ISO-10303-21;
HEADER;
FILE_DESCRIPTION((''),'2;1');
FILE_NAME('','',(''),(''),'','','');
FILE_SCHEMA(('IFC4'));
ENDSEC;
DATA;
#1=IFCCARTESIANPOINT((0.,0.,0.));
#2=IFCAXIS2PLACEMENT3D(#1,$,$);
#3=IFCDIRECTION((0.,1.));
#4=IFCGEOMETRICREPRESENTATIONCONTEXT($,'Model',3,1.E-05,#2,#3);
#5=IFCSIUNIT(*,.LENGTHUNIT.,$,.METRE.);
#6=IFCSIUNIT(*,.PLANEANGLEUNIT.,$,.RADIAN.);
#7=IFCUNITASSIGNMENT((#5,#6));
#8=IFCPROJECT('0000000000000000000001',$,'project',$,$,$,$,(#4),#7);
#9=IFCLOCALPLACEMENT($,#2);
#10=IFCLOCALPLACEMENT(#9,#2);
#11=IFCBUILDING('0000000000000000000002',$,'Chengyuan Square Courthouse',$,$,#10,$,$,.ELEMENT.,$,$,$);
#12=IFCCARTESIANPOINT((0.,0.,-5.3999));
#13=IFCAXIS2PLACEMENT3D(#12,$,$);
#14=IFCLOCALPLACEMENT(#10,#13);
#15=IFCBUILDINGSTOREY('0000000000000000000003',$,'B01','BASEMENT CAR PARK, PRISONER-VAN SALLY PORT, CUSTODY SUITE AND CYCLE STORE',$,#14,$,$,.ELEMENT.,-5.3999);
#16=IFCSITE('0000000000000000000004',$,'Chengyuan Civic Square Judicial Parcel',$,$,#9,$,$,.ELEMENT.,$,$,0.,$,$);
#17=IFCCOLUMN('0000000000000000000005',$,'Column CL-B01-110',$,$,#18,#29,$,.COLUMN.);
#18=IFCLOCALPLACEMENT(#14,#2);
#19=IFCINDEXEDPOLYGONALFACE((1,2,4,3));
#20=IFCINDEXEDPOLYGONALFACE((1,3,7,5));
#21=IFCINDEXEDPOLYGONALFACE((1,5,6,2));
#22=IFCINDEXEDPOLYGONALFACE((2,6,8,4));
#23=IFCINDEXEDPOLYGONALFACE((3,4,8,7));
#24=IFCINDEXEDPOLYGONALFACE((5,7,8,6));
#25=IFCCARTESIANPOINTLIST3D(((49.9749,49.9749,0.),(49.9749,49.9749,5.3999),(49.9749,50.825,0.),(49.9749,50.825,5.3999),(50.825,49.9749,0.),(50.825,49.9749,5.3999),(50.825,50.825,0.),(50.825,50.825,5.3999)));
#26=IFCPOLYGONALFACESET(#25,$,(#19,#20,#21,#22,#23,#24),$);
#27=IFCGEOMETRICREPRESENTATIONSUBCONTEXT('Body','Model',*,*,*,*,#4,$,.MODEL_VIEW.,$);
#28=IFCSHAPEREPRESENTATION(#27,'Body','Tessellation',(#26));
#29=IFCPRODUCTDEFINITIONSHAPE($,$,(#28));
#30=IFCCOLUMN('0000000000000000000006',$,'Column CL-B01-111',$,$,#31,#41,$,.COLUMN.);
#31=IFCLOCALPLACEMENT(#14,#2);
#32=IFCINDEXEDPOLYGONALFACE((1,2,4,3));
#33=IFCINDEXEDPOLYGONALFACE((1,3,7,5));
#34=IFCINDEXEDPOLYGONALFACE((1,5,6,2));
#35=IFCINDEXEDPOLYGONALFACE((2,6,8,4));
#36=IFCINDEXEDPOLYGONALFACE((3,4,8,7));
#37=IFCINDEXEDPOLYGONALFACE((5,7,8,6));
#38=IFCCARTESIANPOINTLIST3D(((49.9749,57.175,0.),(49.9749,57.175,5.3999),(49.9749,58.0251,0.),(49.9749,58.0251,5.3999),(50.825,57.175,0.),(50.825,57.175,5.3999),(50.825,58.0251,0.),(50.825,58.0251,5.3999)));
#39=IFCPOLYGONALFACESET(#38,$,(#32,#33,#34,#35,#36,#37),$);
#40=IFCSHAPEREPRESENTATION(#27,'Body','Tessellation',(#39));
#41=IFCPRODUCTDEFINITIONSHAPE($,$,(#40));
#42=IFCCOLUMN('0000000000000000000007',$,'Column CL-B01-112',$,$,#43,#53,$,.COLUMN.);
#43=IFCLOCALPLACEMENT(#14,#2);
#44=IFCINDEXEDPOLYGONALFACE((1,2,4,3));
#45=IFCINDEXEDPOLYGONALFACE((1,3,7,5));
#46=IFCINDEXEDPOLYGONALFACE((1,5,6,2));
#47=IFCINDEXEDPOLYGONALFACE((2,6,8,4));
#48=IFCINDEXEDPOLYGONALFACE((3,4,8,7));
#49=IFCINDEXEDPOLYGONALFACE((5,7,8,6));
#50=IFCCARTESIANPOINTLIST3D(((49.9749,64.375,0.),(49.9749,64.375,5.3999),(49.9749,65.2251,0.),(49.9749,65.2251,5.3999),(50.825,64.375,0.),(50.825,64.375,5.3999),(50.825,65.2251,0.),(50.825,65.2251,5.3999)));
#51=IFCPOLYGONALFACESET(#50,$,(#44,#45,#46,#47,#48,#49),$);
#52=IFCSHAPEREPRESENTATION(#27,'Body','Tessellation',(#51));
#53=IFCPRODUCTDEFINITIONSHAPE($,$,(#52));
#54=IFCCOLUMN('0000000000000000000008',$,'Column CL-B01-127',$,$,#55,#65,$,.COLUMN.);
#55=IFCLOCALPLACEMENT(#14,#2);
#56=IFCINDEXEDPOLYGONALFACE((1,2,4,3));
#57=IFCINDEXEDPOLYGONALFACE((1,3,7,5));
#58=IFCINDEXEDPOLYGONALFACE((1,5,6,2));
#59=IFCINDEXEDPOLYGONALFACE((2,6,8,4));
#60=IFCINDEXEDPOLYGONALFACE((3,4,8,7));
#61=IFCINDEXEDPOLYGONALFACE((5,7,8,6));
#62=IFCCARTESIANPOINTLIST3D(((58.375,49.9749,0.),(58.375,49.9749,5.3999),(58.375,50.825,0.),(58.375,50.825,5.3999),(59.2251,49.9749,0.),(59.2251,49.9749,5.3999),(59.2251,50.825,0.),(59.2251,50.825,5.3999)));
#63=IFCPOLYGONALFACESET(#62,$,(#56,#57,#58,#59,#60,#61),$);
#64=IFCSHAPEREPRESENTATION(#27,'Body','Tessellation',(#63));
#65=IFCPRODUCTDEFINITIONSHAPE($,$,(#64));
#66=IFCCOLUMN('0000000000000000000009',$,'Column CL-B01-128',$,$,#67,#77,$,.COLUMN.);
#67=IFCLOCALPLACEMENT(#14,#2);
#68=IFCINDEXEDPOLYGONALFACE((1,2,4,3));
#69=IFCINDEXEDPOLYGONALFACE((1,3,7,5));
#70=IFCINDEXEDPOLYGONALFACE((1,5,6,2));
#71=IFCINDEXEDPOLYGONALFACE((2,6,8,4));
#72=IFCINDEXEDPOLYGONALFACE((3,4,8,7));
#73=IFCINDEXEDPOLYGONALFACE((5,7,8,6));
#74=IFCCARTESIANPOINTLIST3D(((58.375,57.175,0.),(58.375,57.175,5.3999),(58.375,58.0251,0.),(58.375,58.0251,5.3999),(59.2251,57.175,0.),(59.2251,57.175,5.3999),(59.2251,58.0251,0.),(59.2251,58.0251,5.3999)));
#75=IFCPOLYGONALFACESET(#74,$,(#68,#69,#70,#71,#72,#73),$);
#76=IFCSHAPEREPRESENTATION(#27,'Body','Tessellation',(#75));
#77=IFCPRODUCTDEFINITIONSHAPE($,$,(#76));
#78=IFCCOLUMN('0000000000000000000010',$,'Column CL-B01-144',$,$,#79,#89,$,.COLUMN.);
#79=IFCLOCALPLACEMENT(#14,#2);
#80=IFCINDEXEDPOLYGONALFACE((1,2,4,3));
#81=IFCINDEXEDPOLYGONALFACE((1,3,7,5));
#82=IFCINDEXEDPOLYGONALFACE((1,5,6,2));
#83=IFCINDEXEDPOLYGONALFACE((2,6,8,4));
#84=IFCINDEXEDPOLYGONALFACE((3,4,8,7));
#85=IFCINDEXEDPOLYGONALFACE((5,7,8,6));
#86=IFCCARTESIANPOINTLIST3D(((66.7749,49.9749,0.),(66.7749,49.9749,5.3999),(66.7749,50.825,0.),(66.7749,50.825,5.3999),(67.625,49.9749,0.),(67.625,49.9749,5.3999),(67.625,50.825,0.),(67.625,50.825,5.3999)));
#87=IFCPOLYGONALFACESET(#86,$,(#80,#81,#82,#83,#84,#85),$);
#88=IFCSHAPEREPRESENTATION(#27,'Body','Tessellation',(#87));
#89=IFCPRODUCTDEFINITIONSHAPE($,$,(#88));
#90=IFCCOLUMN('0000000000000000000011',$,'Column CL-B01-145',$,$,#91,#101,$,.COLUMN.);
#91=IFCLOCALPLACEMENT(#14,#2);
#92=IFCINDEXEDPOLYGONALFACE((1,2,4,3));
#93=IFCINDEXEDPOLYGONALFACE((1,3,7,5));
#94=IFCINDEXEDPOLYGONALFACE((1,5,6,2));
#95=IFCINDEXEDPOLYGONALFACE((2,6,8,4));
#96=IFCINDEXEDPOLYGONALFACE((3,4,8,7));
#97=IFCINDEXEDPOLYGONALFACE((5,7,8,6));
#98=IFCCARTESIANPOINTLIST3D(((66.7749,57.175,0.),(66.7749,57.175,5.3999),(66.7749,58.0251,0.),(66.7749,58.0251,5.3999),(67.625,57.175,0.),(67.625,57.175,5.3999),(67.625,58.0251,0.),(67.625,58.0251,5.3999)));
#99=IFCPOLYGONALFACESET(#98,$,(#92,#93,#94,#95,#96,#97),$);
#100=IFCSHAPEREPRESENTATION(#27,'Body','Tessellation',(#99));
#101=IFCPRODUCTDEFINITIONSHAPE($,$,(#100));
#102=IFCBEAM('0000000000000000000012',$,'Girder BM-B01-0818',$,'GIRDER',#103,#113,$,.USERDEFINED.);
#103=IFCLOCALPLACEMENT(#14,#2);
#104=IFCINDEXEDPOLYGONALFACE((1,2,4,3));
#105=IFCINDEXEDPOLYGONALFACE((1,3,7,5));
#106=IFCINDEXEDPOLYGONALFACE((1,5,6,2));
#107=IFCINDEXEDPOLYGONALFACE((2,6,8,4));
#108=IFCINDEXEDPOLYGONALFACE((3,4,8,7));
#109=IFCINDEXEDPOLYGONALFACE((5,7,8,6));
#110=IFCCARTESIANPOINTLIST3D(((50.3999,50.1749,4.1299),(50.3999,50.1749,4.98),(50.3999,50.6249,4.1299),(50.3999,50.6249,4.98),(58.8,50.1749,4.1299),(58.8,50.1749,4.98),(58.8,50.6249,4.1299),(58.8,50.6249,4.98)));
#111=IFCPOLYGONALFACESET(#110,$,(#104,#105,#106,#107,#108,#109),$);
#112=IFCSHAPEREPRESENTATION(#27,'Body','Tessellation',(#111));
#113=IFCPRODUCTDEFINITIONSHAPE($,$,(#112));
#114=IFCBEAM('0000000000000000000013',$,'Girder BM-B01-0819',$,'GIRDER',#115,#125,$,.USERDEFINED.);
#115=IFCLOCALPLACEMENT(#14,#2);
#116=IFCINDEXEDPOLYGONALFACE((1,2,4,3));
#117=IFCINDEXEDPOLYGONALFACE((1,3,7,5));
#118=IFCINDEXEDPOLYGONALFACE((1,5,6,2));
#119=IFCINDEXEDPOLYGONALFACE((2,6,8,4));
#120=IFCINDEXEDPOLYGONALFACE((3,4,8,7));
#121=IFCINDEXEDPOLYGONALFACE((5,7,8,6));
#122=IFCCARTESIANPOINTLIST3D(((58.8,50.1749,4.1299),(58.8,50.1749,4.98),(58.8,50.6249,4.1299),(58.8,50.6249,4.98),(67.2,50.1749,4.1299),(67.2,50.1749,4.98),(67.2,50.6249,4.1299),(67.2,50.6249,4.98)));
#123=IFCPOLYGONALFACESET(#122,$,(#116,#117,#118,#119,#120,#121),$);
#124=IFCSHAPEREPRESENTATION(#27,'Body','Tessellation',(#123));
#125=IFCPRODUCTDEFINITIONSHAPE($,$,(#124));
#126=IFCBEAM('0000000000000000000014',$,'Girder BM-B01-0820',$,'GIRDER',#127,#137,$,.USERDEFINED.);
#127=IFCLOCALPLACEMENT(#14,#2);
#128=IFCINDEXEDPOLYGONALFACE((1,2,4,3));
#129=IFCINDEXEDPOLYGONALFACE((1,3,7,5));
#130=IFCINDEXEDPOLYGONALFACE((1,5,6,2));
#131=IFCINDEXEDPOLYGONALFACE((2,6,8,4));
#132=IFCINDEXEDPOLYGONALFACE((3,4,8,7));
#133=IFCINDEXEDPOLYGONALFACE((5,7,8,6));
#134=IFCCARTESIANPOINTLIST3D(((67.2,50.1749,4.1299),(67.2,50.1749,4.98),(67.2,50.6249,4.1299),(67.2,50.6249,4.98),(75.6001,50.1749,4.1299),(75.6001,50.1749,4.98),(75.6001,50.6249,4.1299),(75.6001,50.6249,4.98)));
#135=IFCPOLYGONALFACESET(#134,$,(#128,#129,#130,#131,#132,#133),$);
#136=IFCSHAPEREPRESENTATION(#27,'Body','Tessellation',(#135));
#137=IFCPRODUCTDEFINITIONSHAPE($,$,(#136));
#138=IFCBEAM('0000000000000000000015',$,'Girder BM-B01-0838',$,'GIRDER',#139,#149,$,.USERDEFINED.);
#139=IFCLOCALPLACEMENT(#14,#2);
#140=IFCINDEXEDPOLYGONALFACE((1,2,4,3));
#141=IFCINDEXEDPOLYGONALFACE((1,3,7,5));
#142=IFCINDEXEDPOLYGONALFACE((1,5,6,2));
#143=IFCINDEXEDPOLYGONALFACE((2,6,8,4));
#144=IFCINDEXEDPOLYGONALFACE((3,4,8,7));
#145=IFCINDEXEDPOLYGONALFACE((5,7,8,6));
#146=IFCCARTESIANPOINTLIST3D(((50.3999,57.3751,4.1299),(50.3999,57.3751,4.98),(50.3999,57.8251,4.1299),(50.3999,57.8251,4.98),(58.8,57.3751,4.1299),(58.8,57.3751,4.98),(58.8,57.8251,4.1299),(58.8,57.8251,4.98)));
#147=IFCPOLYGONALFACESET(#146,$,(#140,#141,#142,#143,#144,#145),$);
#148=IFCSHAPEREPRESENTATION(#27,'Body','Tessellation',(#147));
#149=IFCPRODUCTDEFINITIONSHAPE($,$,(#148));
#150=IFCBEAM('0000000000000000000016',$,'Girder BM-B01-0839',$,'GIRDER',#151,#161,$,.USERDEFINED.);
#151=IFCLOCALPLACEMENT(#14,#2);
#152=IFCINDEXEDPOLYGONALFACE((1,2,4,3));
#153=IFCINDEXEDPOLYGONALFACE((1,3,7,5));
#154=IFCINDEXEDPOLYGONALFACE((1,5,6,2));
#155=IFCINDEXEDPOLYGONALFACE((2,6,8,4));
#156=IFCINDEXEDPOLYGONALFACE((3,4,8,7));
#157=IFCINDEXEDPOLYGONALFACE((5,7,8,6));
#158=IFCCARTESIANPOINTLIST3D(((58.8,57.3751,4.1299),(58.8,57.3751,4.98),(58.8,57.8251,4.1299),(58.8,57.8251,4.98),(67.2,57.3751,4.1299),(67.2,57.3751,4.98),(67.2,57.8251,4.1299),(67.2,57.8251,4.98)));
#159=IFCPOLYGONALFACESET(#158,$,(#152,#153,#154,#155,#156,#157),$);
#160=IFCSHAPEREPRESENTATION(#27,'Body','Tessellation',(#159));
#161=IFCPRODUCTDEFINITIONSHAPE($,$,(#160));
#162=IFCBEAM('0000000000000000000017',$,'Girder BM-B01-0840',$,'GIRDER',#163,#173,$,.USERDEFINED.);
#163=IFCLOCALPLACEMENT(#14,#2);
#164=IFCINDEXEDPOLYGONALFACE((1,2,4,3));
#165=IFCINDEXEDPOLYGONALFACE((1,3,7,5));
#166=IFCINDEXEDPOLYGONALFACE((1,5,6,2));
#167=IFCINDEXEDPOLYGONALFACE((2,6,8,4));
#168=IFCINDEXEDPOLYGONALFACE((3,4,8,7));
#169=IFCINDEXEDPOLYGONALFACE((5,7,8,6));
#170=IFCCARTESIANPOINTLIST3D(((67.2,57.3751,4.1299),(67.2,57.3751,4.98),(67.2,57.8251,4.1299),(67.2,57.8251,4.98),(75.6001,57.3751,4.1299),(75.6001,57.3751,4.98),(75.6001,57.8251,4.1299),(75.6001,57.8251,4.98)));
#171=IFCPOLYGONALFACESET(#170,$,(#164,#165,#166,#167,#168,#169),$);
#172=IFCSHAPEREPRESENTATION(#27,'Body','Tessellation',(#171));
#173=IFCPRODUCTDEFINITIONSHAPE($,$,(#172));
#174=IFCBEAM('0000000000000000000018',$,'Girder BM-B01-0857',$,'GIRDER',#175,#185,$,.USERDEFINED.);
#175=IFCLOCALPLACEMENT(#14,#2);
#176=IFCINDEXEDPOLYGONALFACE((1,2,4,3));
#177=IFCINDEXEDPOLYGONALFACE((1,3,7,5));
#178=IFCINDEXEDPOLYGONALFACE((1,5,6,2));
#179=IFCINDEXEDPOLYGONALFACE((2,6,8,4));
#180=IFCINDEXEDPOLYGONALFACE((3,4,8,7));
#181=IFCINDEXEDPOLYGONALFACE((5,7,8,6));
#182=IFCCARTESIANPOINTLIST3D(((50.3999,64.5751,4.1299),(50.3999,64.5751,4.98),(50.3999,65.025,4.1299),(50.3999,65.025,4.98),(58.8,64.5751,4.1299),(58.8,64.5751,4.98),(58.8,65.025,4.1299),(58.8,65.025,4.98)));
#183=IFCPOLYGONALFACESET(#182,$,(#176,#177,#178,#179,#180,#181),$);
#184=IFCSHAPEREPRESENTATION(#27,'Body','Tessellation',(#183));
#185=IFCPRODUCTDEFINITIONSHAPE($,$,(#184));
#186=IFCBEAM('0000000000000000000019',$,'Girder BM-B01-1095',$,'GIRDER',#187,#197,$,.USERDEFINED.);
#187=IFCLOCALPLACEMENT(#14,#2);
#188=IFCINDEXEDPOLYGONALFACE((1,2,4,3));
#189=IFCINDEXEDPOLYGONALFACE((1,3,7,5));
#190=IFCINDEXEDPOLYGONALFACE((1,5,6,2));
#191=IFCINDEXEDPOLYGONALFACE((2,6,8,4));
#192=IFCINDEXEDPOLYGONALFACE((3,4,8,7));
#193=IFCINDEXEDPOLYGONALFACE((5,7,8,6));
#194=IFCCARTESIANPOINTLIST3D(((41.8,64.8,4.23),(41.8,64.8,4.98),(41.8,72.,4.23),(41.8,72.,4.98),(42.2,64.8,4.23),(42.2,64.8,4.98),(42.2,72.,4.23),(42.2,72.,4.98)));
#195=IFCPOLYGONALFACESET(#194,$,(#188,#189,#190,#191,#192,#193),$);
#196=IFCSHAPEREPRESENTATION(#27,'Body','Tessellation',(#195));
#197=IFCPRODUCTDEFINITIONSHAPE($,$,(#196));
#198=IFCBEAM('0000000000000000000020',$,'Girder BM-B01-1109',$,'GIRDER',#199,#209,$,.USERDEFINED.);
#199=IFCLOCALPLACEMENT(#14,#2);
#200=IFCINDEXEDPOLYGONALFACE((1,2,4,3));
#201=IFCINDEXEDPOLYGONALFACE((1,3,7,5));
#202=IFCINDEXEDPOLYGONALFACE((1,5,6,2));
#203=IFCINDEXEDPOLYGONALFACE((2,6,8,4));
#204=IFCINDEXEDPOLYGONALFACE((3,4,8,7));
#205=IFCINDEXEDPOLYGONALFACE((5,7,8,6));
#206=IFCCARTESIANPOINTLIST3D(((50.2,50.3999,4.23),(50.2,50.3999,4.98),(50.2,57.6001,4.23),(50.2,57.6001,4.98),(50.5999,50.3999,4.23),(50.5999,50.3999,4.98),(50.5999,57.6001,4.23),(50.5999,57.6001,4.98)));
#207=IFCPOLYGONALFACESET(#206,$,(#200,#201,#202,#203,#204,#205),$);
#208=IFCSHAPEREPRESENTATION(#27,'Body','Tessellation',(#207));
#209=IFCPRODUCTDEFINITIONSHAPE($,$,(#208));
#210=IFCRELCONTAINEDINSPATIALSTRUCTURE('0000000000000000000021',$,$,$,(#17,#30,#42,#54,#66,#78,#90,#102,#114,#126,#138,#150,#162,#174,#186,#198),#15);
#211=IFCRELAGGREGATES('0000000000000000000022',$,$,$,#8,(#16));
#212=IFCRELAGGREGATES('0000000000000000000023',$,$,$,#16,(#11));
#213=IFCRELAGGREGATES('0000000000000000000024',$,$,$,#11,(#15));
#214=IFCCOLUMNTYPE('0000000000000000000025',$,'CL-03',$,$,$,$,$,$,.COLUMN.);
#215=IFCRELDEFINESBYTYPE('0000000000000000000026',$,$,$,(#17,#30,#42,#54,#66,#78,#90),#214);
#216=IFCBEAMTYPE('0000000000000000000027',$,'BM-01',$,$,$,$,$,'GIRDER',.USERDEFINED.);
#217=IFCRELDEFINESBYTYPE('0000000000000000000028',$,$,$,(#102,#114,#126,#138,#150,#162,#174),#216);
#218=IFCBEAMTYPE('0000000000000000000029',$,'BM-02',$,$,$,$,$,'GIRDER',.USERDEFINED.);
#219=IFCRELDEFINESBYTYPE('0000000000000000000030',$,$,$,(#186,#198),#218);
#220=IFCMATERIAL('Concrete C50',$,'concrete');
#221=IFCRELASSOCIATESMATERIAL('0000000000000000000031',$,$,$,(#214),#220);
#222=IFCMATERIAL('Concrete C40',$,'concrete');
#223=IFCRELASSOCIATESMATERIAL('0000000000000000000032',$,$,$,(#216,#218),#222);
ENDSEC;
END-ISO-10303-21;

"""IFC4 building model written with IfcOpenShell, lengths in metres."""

from ifc_helpers import new_model, si_unit, direction, frame, origin, origin_2d, place, context, subcontext, project, spatial, rectangle, extrude, material, material_profile, profile_set, type_object, element, save


model = new_model("IFC4")

# Units and contexts
model_context = context("Model", 3, precision=1e-05, world=origin(), true_north=direction((0.0, 1.0)))
body_context = subcontext(model_context, "Body", "Model", "MODEL_VIEW")
ifc_project = project(units=[si_unit("LENGTHUNIT", "METRE"), si_unit("PLANEANGLEUNIT", "RADIAN")], contexts=[model_context])

# Site, building, storey
site_placement = place(None, origin())
site = spatial("IfcSite", under=ifc_project, at=site_placement, Name="Chengyuan Civic Square Judicial Parcel", CompositionType="ELEMENT", RefElevation=0.0)
building_placement = place(site_placement, origin())
building = spatial("IfcBuilding", under=site, at=building_placement, Name="Chengyuan Square Courthouse", CompositionType="ELEMENT")
storey_placement = place(building_placement, frame((0.0, 0.0, -5.3999)))
storey = spatial("IfcBuildingStorey", under=building, at=storey_placement, Name="B01", Description="BASEMENT CAR PARK, PRISONER-VAN SALLY PORT, CUSTODY SUITE AND CYCLE STORE", CompositionType="ELEMENT", Elevation=-5.3999)

# Columns
ifc_material_1 = material(Name="Concrete C50", Category="concrete")
ifc_material_profile_1 = material_profile(ifc_material_1, rectangle(XDim=0.8501, YDim=0.8501, at=origin_2d()), Name="RC-COL-850x850")
ifc_profile_set_1 = profile_set([ifc_material_profile_1], Name="Concrete C50")
column_type = type_object("IfcColumnType", Name="CL-03", PredefinedType="COLUMN", material=ifc_profile_set_1)
for number, where, z_axis, x_axis, name in (
    (1, (50.3999, 50.3999, 0.0), (0.0, 0.0, 1.0), (1.0, 0.0, 0.0), "Column CL-B01-110"),
    (2, (50.3999, 57.6001, 0.0), (0.0, 0.0, 1.0), (1.0, 0.0, 0.0), "Column CL-B01-111"),
    (3, (50.3999, 64.8, 0.0), (0.0, 0.0, 1.0), (1.0, 0.0, 0.0), "Column CL-B01-112"),
    (4, (58.8, 50.3999, 0.0), (0.0, 0.0, 1.0), (1.0, 0.0, 0.0), "Column CL-B01-127"),
    (5, (58.8, 57.6001, 0.0), (0.0, 0.0, 1.0), (1.0, 0.0, 0.0), "Column CL-B01-128"),
    (6, (67.2, 50.3999, 0.0), (0.0, 0.0, 1.0), (1.0, 0.0, 0.0), "Column CL-B01-144"),
    (7, (67.2, 57.6001, 0.0), (0.0, 0.0, 1.0), (1.0, 0.0, 0.0), "Column CL-B01-145"),
):
    element("IfcColumn", number, at=place(storey_placement, frame(where, z_axis=z_axis, x_axis=x_axis)), inside=storey, type_object=column_type, Name=name, PredefinedType="COLUMN", context=body_context, shape_type="SweptSolid", body=[
        extrude(rectangle(XDim=0.8501, YDim=0.8501, at=origin_2d()), origin(), (0.0, 0.0, 1.0), 5.3999),
    ])

# Beams
ifc_material_2 = material(Name="Concrete C40", Category="concrete")
ifc_material_profile_2 = material_profile(ifc_material_2, rectangle(XDim=0.45, YDim=0.8501, at=origin_2d()), Name="RC-BM-450x850")
ifc_profile_set_2 = profile_set([ifc_material_profile_2], Name="Concrete C40")
beam_type_1 = type_object("IfcBeamType", Name="BM-01", ElementType="GIRDER", PredefinedType="USERDEFINED", material=ifc_profile_set_2)
beam_1_placement = place(storey_placement, frame((50.3999, 50.3999, 4.5549), z_axis=(1.0, 0.0, 0.0), x_axis=(0.0, 1.0, 0.0)))
element("IfcBeam", 8, at=beam_1_placement, inside=storey, type_object=beam_type_1, Name="Girder BM-B01-0818", ObjectType="GIRDER", PredefinedType="USERDEFINED", context=body_context, shape_type="SweptSolid", body=[
    extrude(rectangle(XDim=0.45, YDim=0.8501, at=origin_2d()), origin(), (0.0, 0.0, 1.0), 8.4001),
])
beam_2_placement = place(storey_placement, frame((58.8, 50.3999, 4.5549), z_axis=(1.0, 0.0, 0.0), x_axis=(0.0, 1.0, 0.0)))
element("IfcBeam", 9, at=beam_2_placement, inside=storey, type_object=beam_type_1, Name="Girder BM-B01-0819", ObjectType="GIRDER", PredefinedType="USERDEFINED", context=body_context, shape_type="SweptSolid", body=[
    extrude(rectangle(XDim=0.45, YDim=0.8501, at=origin_2d()), origin(), (0.0, 0.0, 1.0), 8.3999),
])
for number, where, z_axis, x_axis, name in (
    (10, (67.2, 50.3999, 4.5549), (1.0, 0.0, 0.0), (0.0, 1.0, 0.0), "Girder BM-B01-0820"),
    (11, (50.3999, 57.6001, 4.5549), (1.0, 0.0, 0.0), (0.0, 1.0, 0.0), "Girder BM-B01-0838"),
):
    element("IfcBeam", number, at=place(storey_placement, frame(where, z_axis=z_axis, x_axis=x_axis)), inside=storey, type_object=beam_type_1, Name=name, ObjectType="GIRDER", PredefinedType="USERDEFINED", context=body_context, shape_type="SweptSolid", body=[
        extrude(rectangle(XDim=0.45, YDim=0.8501, at=origin_2d()), origin(), (0.0, 0.0, 1.0), 8.4001),
    ])
beam_3_placement = place(storey_placement, frame((58.8, 57.6001, 4.5549), z_axis=(1.0, 0.0, 0.0), x_axis=(0.0, 1.0, 0.0)))
element("IfcBeam", 12, at=beam_3_placement, inside=storey, type_object=beam_type_1, Name="Girder BM-B01-0839", ObjectType="GIRDER", PredefinedType="USERDEFINED", context=body_context, shape_type="SweptSolid", body=[
    extrude(rectangle(XDim=0.45, YDim=0.8501, at=origin_2d()), origin(), (0.0, 0.0, 1.0), 8.3999),
])
for number, where, z_axis, x_axis, name in (
    (13, (67.2, 57.6001, 4.5549), (1.0, 0.0, 0.0), (0.0, 1.0, 0.0), "Girder BM-B01-0840"),
    (14, (50.3999, 64.8, 4.5549), (1.0, 0.0, 0.0), (0.0, 1.0, 0.0), "Girder BM-B01-0857"),
):
    element("IfcBeam", number, at=place(storey_placement, frame(where, z_axis=z_axis, x_axis=x_axis)), inside=storey, type_object=beam_type_1, Name=name, ObjectType="GIRDER", PredefinedType="USERDEFINED", context=body_context, shape_type="SweptSolid", body=[
        extrude(rectangle(XDim=0.45, YDim=0.8501, at=origin_2d()), origin(), (0.0, 0.0, 1.0), 8.4001),
    ])
ifc_material_profile_3 = material_profile(ifc_material_2, rectangle(XDim=0.3999, YDim=0.75, at=origin_2d()), Name="RC-BM-400x750")
ifc_profile_set_3 = profile_set([ifc_material_profile_3], Name="Concrete C40")
beam_type_2 = type_object("IfcBeamType", Name="BM-02", ElementType="GIRDER", PredefinedType="USERDEFINED", material=ifc_profile_set_3)
beam_4_placement = place(storey_placement, frame((42.0, 64.8, 4.605), z_axis=(0.0, 1.0, 0.0), x_axis=(-1.0, 0.0, 0.0)))
element("IfcBeam", 15, at=beam_4_placement, inside=storey, type_object=beam_type_2, Name="Girder BM-B01-1095", ObjectType="GIRDER", PredefinedType="USERDEFINED", context=body_context, shape_type="SweptSolid", body=[
    extrude(rectangle(XDim=0.3999, YDim=0.75, at=origin_2d()), origin(), (0.0, 0.0, 1.0), 7.2),
])
beam_5_placement = place(storey_placement, frame((50.3999, 50.3999, 4.605), z_axis=(0.0, 1.0, 0.0), x_axis=(-1.0, 0.0, 0.0)))
element("IfcBeam", 16, at=beam_5_placement, inside=storey, type_object=beam_type_2, Name="Girder BM-B01-1109", ObjectType="GIRDER", PredefinedType="USERDEFINED", context=body_context, shape_type="SweptSolid", body=[
    extrude(rectangle(XDim=0.3999, YDim=0.75, at=origin_2d()), origin(), (0.0, 0.0, 1.0), 7.2002),
])

save(model, "model.ifc")
